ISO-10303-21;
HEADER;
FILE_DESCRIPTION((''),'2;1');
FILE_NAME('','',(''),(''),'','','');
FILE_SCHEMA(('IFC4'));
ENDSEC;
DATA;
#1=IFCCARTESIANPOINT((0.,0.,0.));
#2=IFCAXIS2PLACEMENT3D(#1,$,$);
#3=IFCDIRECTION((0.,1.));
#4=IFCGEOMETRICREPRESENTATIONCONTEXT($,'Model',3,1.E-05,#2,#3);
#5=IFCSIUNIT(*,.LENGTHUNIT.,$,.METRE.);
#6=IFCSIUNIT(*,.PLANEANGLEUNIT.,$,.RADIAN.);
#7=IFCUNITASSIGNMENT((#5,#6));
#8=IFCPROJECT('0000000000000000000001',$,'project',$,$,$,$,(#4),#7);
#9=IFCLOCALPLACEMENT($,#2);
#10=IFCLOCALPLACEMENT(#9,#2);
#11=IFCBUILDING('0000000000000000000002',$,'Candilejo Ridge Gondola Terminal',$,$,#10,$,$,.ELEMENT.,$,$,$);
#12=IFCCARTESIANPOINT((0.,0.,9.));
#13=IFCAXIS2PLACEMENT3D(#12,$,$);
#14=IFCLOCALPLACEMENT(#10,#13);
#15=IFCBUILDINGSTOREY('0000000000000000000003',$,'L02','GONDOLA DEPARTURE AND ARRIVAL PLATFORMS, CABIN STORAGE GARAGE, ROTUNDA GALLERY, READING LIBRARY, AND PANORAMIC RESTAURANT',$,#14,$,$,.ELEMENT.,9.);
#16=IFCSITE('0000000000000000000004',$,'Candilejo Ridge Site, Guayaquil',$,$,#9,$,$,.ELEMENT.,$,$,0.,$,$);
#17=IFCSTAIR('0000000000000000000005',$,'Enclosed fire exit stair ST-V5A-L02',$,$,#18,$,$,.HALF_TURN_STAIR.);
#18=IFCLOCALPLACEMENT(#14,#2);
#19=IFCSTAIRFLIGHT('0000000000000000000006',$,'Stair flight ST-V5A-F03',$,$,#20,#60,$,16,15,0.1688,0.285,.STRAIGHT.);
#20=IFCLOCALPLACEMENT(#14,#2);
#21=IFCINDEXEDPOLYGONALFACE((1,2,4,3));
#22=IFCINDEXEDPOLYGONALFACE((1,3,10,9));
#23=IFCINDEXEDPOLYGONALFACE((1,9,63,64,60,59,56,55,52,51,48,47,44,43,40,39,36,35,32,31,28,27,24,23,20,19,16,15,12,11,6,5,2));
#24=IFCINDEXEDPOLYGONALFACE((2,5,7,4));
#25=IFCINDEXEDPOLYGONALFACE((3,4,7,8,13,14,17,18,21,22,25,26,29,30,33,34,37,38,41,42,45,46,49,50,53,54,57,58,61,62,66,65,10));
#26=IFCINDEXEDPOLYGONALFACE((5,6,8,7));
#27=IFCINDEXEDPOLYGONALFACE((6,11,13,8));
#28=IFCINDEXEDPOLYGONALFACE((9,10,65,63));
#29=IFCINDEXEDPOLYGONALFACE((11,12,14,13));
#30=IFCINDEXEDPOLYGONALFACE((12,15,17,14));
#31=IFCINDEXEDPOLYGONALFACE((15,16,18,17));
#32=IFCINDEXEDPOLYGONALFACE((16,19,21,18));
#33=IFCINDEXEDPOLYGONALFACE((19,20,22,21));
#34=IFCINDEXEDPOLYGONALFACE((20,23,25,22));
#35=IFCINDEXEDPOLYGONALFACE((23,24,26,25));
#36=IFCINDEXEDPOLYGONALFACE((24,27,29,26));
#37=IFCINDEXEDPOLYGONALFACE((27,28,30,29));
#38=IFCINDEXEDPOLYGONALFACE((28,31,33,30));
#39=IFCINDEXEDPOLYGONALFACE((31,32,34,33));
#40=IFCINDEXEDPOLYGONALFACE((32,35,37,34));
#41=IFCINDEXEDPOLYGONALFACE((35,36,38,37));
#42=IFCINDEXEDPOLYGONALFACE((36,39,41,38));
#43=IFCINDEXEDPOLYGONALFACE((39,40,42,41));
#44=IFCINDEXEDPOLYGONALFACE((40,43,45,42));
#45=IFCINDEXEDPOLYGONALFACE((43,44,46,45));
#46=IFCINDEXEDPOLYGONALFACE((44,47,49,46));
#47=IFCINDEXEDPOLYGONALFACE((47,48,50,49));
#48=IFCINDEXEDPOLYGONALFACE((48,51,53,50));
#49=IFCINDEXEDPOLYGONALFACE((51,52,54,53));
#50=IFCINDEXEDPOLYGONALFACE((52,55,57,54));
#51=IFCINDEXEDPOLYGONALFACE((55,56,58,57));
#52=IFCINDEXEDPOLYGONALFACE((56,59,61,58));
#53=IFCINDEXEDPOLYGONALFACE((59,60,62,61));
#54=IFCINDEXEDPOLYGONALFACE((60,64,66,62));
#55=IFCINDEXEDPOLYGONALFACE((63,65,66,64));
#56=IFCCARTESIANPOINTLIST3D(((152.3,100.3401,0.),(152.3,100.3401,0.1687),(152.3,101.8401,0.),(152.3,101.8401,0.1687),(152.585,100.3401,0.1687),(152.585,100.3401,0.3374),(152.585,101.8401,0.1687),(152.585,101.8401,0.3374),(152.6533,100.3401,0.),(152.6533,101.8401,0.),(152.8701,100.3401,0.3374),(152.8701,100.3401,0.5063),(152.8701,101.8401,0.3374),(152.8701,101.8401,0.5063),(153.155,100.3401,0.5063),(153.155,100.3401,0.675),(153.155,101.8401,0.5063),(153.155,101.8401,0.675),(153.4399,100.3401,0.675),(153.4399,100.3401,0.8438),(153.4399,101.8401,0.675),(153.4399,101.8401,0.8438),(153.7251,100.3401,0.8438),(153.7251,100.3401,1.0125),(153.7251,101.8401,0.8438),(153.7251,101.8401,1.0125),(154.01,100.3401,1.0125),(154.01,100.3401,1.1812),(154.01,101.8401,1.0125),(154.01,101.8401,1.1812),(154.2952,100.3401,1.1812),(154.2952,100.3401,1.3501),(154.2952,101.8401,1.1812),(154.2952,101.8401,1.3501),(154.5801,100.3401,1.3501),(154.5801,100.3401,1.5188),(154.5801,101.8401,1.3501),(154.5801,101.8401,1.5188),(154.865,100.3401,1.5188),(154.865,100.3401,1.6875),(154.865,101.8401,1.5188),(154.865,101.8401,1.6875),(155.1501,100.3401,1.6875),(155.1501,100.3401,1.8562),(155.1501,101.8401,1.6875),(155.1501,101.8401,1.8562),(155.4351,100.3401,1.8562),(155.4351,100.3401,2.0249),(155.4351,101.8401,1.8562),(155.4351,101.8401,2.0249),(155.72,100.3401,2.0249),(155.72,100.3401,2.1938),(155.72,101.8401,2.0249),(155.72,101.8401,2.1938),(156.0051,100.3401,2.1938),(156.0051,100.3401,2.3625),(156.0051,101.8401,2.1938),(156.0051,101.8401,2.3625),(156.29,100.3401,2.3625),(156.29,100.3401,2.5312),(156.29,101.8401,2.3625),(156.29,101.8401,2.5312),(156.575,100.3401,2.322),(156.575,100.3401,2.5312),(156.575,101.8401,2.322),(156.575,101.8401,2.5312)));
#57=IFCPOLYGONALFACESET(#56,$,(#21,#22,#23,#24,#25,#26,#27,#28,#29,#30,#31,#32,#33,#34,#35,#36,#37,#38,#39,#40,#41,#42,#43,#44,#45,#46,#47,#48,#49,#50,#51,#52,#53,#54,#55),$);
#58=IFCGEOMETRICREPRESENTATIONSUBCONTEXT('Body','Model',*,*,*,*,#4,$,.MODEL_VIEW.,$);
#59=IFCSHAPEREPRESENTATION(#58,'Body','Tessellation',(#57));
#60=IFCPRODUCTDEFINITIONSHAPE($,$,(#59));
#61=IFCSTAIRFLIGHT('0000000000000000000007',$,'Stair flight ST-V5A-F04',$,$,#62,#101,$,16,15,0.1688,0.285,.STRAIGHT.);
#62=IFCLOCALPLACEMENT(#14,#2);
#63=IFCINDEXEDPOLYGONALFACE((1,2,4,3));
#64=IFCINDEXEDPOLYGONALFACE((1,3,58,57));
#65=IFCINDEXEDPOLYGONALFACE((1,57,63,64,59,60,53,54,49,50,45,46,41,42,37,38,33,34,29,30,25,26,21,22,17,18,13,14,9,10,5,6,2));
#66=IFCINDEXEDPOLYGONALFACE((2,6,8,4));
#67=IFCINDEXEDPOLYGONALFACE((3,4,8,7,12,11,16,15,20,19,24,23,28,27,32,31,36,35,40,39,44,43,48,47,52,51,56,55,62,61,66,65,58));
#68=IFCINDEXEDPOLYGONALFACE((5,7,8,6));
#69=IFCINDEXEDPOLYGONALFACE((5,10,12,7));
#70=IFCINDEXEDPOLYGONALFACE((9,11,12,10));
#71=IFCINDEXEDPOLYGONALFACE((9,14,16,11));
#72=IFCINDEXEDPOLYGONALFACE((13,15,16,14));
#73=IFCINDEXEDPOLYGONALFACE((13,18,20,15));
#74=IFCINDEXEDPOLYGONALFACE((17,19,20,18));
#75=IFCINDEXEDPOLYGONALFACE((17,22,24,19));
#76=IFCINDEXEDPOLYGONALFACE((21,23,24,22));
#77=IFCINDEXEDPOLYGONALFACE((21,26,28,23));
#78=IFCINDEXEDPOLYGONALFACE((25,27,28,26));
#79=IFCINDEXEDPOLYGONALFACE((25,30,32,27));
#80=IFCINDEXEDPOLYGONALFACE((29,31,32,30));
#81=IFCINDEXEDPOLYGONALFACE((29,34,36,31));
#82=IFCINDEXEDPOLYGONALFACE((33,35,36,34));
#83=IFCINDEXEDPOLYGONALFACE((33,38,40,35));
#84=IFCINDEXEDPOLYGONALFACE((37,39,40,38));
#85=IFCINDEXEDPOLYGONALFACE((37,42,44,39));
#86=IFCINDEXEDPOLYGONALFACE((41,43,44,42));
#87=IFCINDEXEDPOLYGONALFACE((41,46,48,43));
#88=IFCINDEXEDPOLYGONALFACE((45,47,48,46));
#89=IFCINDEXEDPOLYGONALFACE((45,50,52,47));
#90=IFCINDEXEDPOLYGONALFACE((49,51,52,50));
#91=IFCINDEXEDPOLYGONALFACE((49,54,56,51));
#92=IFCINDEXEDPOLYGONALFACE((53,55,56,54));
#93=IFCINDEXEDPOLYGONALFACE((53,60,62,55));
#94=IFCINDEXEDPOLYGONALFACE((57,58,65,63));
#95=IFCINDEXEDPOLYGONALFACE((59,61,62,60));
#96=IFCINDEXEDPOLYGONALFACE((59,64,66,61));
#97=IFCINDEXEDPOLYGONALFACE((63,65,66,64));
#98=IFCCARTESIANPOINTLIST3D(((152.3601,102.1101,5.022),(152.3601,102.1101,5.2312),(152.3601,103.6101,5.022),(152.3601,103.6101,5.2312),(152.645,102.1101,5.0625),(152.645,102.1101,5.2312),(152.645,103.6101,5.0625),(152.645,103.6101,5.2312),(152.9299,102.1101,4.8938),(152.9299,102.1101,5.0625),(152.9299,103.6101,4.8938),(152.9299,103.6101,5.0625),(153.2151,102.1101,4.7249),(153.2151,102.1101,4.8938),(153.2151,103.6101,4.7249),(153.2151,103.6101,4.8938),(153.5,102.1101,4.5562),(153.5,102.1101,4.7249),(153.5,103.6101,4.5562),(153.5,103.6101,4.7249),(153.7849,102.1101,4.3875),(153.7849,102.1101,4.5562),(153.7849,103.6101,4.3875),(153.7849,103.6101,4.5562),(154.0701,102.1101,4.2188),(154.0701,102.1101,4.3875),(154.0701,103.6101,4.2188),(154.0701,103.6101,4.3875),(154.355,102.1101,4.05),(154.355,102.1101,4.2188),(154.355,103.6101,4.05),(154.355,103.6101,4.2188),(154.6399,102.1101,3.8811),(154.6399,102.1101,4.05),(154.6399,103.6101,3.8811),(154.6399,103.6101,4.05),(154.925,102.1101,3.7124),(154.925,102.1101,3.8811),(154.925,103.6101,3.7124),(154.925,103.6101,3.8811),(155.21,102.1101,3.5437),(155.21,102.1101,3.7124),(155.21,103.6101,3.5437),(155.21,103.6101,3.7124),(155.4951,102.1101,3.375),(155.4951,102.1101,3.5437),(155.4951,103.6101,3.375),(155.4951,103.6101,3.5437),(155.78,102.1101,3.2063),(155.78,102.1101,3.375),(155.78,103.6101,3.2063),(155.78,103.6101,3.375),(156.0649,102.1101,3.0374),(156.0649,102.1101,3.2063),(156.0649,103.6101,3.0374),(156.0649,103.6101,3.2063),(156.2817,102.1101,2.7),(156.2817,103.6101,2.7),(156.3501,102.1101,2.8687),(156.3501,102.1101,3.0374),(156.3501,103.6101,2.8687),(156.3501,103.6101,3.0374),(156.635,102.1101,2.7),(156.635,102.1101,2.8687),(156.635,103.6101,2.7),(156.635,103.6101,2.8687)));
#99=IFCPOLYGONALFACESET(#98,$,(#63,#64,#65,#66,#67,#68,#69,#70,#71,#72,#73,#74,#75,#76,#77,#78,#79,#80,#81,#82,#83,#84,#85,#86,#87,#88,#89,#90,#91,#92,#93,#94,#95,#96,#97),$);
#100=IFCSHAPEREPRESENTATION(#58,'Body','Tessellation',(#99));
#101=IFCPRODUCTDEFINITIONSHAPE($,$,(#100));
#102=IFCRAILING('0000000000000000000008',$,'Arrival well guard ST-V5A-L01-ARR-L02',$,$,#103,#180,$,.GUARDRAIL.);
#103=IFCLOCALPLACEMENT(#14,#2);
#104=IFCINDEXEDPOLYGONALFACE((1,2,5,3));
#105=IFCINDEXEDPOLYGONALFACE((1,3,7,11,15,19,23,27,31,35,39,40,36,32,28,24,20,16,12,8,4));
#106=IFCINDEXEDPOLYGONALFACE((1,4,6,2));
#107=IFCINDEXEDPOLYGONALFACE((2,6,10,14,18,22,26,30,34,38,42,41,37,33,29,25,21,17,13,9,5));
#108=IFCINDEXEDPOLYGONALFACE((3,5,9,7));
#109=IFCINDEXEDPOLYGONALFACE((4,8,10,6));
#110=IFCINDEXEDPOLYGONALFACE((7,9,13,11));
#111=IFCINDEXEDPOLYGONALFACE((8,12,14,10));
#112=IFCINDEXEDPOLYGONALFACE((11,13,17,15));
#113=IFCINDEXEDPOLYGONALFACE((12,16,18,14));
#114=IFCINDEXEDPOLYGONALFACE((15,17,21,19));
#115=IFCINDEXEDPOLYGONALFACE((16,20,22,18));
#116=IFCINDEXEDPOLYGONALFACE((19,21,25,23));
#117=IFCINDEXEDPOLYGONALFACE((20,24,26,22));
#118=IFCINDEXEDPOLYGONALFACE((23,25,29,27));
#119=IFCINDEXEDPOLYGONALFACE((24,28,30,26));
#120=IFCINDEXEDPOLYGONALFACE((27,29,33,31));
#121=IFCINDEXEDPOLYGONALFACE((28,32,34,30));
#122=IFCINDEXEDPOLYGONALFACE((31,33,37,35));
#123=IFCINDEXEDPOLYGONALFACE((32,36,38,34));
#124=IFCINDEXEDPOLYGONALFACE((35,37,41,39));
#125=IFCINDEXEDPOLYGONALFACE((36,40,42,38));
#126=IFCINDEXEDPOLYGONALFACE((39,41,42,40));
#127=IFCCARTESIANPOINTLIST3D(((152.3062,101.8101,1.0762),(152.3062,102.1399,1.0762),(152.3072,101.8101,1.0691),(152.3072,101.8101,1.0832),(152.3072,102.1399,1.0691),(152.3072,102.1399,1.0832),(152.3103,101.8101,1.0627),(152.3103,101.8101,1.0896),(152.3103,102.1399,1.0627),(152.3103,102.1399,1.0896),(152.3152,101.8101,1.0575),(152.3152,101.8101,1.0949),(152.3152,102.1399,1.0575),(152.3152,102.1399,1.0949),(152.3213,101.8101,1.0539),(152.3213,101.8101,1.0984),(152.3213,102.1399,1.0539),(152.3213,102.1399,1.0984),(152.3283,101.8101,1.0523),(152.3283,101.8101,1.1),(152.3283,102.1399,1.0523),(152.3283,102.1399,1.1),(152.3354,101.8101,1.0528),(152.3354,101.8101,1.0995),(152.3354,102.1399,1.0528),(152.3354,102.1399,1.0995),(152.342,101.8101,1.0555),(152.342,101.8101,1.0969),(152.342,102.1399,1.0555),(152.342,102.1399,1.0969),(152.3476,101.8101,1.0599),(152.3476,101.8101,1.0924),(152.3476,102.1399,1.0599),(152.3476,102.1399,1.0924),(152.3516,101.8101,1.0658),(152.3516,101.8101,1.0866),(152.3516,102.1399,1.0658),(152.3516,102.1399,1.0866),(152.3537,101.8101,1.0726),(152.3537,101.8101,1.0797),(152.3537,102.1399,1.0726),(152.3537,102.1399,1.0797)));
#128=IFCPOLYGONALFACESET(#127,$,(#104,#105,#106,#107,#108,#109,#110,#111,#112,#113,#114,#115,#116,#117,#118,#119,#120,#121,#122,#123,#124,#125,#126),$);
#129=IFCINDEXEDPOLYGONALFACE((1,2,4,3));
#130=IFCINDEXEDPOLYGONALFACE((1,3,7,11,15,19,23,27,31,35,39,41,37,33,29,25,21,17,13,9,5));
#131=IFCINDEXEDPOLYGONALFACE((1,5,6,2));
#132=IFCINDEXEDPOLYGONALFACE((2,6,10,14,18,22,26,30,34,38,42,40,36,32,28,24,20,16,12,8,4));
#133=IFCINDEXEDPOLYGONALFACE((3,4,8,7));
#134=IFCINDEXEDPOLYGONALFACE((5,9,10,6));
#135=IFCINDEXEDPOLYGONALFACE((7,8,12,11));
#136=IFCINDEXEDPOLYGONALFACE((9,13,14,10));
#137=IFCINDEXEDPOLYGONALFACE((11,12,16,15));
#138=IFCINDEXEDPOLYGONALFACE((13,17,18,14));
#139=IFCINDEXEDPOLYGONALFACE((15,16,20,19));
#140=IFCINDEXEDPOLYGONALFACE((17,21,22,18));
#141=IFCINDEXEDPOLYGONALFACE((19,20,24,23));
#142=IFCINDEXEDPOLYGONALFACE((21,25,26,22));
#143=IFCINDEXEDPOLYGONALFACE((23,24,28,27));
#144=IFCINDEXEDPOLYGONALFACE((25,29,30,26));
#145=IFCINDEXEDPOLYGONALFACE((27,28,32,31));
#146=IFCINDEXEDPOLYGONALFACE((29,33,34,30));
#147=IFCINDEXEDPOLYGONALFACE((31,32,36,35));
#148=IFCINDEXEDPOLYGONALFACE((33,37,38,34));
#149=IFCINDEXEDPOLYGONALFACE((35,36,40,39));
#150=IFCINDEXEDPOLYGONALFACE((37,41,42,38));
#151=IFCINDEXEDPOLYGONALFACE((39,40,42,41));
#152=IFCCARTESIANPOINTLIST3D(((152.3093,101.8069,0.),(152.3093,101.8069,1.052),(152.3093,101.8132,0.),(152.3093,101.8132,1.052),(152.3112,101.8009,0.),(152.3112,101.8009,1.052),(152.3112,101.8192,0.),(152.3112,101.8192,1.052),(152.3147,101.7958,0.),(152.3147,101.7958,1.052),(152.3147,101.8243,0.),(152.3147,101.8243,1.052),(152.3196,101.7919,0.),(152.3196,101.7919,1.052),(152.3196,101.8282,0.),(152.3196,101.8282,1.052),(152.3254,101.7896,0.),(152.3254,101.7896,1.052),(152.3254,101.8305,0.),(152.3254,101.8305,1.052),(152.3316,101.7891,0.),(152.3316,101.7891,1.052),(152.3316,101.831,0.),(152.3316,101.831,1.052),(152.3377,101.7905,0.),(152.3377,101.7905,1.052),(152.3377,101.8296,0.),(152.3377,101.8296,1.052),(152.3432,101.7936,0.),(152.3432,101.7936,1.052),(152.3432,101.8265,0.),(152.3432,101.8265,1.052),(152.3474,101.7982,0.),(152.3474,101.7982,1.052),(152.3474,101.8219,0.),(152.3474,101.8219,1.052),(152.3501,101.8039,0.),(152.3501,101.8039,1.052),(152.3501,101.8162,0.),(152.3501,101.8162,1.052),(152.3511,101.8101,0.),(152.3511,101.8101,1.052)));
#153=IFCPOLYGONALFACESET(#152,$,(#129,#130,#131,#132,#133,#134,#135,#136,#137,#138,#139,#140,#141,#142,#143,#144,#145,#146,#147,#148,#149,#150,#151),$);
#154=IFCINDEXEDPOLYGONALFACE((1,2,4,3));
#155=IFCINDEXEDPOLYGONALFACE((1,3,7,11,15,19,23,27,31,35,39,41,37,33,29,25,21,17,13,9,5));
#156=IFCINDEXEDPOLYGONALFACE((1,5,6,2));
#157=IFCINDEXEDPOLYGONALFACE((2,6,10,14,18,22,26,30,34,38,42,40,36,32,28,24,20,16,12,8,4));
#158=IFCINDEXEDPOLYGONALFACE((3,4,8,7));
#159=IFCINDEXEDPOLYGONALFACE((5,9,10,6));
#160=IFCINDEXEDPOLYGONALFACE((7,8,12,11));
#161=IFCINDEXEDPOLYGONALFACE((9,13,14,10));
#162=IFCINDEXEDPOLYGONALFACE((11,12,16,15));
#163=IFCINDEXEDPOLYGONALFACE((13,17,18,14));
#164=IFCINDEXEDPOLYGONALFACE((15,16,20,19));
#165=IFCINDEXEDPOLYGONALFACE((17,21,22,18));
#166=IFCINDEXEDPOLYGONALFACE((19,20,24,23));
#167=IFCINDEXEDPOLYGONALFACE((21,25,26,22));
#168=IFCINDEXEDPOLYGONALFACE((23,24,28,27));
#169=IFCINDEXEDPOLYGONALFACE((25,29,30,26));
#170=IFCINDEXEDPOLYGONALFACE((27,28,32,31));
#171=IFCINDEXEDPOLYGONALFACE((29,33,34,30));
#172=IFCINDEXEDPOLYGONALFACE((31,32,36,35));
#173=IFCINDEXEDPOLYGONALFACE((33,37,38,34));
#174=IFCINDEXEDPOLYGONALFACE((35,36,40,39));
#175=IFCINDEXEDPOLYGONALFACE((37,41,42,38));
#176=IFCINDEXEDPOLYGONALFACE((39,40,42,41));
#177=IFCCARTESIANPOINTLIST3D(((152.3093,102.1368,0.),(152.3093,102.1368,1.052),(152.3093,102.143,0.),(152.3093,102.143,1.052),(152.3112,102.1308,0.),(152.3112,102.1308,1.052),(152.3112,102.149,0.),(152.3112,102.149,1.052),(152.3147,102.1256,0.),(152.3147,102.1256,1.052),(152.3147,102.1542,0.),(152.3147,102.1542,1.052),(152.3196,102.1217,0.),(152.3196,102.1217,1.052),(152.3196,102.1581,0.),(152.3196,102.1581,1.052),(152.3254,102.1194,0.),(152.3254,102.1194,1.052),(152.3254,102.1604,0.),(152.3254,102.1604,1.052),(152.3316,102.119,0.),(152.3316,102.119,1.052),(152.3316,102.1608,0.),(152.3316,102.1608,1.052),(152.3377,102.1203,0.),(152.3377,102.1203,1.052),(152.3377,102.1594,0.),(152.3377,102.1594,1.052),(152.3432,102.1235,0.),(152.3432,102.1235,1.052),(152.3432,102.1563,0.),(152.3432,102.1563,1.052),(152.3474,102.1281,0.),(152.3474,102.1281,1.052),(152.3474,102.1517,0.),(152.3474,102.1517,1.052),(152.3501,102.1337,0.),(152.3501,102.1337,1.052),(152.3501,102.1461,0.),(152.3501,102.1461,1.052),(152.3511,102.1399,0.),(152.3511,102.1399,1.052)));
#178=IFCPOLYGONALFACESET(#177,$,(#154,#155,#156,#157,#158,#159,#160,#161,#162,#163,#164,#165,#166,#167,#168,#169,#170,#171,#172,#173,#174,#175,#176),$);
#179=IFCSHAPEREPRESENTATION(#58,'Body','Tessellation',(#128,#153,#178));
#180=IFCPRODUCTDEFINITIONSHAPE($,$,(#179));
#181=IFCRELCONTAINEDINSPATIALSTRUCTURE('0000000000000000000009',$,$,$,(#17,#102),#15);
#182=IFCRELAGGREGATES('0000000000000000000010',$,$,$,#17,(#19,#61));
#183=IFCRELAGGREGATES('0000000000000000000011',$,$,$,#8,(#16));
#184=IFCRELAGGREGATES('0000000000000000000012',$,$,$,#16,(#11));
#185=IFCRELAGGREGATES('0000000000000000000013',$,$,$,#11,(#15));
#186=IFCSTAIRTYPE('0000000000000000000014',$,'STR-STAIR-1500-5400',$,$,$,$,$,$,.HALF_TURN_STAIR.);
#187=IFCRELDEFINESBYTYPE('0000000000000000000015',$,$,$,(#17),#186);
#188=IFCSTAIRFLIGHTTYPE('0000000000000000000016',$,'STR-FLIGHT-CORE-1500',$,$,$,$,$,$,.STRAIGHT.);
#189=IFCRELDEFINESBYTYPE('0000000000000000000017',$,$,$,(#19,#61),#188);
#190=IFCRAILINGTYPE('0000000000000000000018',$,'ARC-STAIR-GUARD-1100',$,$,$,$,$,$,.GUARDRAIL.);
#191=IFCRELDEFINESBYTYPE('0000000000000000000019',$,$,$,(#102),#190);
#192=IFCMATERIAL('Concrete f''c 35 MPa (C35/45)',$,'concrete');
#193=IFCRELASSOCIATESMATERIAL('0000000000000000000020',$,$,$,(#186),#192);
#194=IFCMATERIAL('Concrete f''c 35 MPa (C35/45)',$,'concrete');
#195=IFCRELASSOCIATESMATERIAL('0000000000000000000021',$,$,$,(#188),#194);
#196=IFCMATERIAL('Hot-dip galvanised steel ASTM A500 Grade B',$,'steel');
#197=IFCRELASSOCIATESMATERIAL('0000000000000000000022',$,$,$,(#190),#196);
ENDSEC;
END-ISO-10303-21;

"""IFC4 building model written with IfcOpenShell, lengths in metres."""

from ifc_helpers import new_model, si_unit, direction, frame, origin, origin_2d, place, context, subcontext, project, spatial, polyline, circle, outline, extrude, material, type_object, element, aggregate, save


model = new_model("IFC4")

# Units and contexts
model_context = context("Model", 3, precision=1e-05, world=origin(), true_north=direction((0.0, 1.0)))
body_context = subcontext(model_context, "Body", "Model", "MODEL_VIEW")
ifc_project = project(units=[si_unit("LENGTHUNIT", "METRE"), si_unit("PLANEANGLEUNIT", "RADIAN")], contexts=[model_context])

# Site, building, storey
site_placement = place(None, origin())
site = spatial("IfcSite", under=ifc_project, at=site_placement, Name="Candilejo Ridge Site, Guayaquil", CompositionType="ELEMENT", RefElevation=0.0)
building_placement = place(site_placement, origin())
building = spatial("IfcBuilding", under=site, at=building_placement, Name="Candilejo Ridge Gondola Terminal", CompositionType="ELEMENT")
storey_placement = place(building_placement, frame((0.0, 0.0, 9.0)))
storey = spatial("IfcBuildingStorey", under=building, at=storey_placement, Name="L02", Description="GONDOLA DEPARTURE AND ARRIVAL PLATFORMS, CABIN STORAGE GARAGE, ROTUNDA GALLERY, READING LIBRARY, AND PANORAMIC RESTAURANT", CompositionType="ELEMENT", Elevation=9.0)

# Stair, stair flights
ifc_material_1 = material(Name="Concrete f'c 35 MPa (C35/45)", Category="concrete")
stair_type = type_object("IfcStairType", Name="STR-STAIR-1500-5400", PredefinedType="HALF_TURN_STAIR", material=ifc_material_1)
stair_placement = place(storey_placement, origin())
stair = element("IfcStair", 1, at=stair_placement, inside=storey, type_object=stair_type, Name="Enclosed fire exit stair ST-V5A-L02", PredefinedType="HALF_TURN_STAIR")
ifc_material_2 = material(Name="Concrete f'c 35 MPa (C35/45)", Category="concrete")
stair_flight_type = type_object("IfcStairFlightType", Name="STR-FLIGHT-CORE-1500", PredefinedType="STRAIGHT", material=ifc_material_2)
stair_flight_1_placement = place(storey_placement, frame((152.3, 101.0901, 0.0), z_axis=(0.0, 0.0, 1.0), x_axis=(1.0, 0.0, 0.0)))
stair_flight_1 = element("IfcStairFlight", 2, at=stair_flight_1_placement, type_object=stair_flight_type, Name="Stair flight ST-V5A-F03", NumberOfRisers=16, NumberOfTreads=15, PredefinedType="STRAIGHT", RiserHeight=0.1688, TreadLength=0.285, context=body_context, shape_type="SweptSolid", body=[
    extrude(outline(polyline([(0.0, 0.0), (0.0, 0.1687), (0.2849, 0.1687), (0.2849, 0.3374), (0.5701, 0.3374), (0.5701, 0.5063), (0.855, 0.5063), (0.855, 0.675), (1.1399, 0.675), (1.1399, 0.8438), (1.425, 0.8438), (1.425, 1.0125), (1.71, 1.0125), (1.71, 1.1812), (1.9951, 1.1812), (1.9951, 1.3501), (2.28, 1.3501), (2.28, 1.5188), (2.5649, 1.5188), (2.5649, 1.6875), (2.8501, 1.6875), (2.8501, 1.8562), (3.135, 1.8562), (3.135, 2.0249), (3.4199, 2.0249), (3.4199, 2.1938), (3.7051, 2.1938), (3.7051, 2.3625), (3.99, 2.3625), (3.99, 2.5312), (4.2749, 2.5312), (4.2749, 2.7), (4.2749, 2.322), (0.3533, 0.0), (0.0, 0.0)])), frame((0.0, 0.75, 0.0), z_axis=(0.0, -1.0, 0.0), x_axis=(1.0, 0.0, 0.0)), (0.0, 0.0, 1.0), 1.5),
])
stair_flight_2_placement = place(storey_placement, frame((156.635, 102.8601, 2.7), z_axis=(0.0, 0.0, 1.0), x_axis=(-1.0, 0.0, 0.0)))
stair_flight_2 = element("IfcStairFlight", 3, at=stair_flight_2_placement, type_object=stair_flight_type, Name="Stair flight ST-V5A-F04", NumberOfRisers=16, NumberOfTreads=15, PredefinedType="STRAIGHT", RiserHeight=0.1688, TreadLength=0.285, context=body_context, shape_type="SweptSolid", body=[
    extrude(outline(polyline([(0.0, 0.0), (0.0, 0.1687), (0.2849, 0.1687), (0.2849, 0.3374), (0.5701, 0.3374), (0.5701, 0.5063), (0.855, 0.5063), (0.855, 0.675), (1.1399, 0.675), (1.1399, 0.8438), (1.425, 0.8438), (1.425, 1.0125), (1.71, 1.0125), (1.71, 1.1812), (1.9951, 1.1812), (1.9951, 1.3501), (2.28, 1.3501), (2.28, 1.5188), (2.5649, 1.5188), (2.5649, 1.6875), (2.8501, 1.6875), (2.8501, 1.8562), (3.135, 1.8562), (3.135, 2.0249), (3.4199, 2.0249), (3.4199, 2.1938), (3.7051, 2.1938), (3.7051, 2.3625), (3.99, 2.3625), (3.99, 2.5312), (4.2749, 2.5312), (4.2749, 2.7), (4.2749, 2.322), (0.3533, 0.0), (0.0, 0.0)])), frame((0.0, 0.75, 0.0), z_axis=(0.0, -1.0, 0.0), x_axis=(1.0, 0.0, 0.0)), (0.0, 0.0, 1.0), 1.5),
])
aggregate(stair, [stair_flight_1, stair_flight_2])

# Railing
ifc_material_3 = material(Name="Hot-dip galvanised steel ASTM A500 Grade B", Category="steel")
railing_type_1 = type_object("IfcRailingType", Name="ARC-STAIR-GUARD-1100", PredefinedType="GUARDRAIL", material=ifc_material_3)
railing_1_placement = place(storey_placement, frame((152.3301, 101.8101, 0.0)))
element("IfcRailing", 4, at=railing_1_placement, inside=storey, type_object=railing_type_1, Name="Arrival well guard ST-V5A-L01-ARR-L02", PredefinedType="GUARDRAIL", context=body_context, shape_type="SweptSolid", body=[
    extrude(circle(Radius=0.0239, at=origin_2d()), frame((0.0, 0.0, 1.0762), z_axis=(0.0, 1.0, 0.0), x_axis=(-1.0, 0.0, 0.0)), (0.0, 0.0, 1.0), 0.3298),
    extrude(circle(Radius=0.021, at=origin_2d()), origin(), (0.0, 0.0, 1.0), 1.052),
    extrude(circle(Radius=0.021, at=origin_2d()), frame((0.0, 0.3298, 0.0)), (0.0, 0.0, 1.0), 1.052),
])

save(model, "model.ifc")
